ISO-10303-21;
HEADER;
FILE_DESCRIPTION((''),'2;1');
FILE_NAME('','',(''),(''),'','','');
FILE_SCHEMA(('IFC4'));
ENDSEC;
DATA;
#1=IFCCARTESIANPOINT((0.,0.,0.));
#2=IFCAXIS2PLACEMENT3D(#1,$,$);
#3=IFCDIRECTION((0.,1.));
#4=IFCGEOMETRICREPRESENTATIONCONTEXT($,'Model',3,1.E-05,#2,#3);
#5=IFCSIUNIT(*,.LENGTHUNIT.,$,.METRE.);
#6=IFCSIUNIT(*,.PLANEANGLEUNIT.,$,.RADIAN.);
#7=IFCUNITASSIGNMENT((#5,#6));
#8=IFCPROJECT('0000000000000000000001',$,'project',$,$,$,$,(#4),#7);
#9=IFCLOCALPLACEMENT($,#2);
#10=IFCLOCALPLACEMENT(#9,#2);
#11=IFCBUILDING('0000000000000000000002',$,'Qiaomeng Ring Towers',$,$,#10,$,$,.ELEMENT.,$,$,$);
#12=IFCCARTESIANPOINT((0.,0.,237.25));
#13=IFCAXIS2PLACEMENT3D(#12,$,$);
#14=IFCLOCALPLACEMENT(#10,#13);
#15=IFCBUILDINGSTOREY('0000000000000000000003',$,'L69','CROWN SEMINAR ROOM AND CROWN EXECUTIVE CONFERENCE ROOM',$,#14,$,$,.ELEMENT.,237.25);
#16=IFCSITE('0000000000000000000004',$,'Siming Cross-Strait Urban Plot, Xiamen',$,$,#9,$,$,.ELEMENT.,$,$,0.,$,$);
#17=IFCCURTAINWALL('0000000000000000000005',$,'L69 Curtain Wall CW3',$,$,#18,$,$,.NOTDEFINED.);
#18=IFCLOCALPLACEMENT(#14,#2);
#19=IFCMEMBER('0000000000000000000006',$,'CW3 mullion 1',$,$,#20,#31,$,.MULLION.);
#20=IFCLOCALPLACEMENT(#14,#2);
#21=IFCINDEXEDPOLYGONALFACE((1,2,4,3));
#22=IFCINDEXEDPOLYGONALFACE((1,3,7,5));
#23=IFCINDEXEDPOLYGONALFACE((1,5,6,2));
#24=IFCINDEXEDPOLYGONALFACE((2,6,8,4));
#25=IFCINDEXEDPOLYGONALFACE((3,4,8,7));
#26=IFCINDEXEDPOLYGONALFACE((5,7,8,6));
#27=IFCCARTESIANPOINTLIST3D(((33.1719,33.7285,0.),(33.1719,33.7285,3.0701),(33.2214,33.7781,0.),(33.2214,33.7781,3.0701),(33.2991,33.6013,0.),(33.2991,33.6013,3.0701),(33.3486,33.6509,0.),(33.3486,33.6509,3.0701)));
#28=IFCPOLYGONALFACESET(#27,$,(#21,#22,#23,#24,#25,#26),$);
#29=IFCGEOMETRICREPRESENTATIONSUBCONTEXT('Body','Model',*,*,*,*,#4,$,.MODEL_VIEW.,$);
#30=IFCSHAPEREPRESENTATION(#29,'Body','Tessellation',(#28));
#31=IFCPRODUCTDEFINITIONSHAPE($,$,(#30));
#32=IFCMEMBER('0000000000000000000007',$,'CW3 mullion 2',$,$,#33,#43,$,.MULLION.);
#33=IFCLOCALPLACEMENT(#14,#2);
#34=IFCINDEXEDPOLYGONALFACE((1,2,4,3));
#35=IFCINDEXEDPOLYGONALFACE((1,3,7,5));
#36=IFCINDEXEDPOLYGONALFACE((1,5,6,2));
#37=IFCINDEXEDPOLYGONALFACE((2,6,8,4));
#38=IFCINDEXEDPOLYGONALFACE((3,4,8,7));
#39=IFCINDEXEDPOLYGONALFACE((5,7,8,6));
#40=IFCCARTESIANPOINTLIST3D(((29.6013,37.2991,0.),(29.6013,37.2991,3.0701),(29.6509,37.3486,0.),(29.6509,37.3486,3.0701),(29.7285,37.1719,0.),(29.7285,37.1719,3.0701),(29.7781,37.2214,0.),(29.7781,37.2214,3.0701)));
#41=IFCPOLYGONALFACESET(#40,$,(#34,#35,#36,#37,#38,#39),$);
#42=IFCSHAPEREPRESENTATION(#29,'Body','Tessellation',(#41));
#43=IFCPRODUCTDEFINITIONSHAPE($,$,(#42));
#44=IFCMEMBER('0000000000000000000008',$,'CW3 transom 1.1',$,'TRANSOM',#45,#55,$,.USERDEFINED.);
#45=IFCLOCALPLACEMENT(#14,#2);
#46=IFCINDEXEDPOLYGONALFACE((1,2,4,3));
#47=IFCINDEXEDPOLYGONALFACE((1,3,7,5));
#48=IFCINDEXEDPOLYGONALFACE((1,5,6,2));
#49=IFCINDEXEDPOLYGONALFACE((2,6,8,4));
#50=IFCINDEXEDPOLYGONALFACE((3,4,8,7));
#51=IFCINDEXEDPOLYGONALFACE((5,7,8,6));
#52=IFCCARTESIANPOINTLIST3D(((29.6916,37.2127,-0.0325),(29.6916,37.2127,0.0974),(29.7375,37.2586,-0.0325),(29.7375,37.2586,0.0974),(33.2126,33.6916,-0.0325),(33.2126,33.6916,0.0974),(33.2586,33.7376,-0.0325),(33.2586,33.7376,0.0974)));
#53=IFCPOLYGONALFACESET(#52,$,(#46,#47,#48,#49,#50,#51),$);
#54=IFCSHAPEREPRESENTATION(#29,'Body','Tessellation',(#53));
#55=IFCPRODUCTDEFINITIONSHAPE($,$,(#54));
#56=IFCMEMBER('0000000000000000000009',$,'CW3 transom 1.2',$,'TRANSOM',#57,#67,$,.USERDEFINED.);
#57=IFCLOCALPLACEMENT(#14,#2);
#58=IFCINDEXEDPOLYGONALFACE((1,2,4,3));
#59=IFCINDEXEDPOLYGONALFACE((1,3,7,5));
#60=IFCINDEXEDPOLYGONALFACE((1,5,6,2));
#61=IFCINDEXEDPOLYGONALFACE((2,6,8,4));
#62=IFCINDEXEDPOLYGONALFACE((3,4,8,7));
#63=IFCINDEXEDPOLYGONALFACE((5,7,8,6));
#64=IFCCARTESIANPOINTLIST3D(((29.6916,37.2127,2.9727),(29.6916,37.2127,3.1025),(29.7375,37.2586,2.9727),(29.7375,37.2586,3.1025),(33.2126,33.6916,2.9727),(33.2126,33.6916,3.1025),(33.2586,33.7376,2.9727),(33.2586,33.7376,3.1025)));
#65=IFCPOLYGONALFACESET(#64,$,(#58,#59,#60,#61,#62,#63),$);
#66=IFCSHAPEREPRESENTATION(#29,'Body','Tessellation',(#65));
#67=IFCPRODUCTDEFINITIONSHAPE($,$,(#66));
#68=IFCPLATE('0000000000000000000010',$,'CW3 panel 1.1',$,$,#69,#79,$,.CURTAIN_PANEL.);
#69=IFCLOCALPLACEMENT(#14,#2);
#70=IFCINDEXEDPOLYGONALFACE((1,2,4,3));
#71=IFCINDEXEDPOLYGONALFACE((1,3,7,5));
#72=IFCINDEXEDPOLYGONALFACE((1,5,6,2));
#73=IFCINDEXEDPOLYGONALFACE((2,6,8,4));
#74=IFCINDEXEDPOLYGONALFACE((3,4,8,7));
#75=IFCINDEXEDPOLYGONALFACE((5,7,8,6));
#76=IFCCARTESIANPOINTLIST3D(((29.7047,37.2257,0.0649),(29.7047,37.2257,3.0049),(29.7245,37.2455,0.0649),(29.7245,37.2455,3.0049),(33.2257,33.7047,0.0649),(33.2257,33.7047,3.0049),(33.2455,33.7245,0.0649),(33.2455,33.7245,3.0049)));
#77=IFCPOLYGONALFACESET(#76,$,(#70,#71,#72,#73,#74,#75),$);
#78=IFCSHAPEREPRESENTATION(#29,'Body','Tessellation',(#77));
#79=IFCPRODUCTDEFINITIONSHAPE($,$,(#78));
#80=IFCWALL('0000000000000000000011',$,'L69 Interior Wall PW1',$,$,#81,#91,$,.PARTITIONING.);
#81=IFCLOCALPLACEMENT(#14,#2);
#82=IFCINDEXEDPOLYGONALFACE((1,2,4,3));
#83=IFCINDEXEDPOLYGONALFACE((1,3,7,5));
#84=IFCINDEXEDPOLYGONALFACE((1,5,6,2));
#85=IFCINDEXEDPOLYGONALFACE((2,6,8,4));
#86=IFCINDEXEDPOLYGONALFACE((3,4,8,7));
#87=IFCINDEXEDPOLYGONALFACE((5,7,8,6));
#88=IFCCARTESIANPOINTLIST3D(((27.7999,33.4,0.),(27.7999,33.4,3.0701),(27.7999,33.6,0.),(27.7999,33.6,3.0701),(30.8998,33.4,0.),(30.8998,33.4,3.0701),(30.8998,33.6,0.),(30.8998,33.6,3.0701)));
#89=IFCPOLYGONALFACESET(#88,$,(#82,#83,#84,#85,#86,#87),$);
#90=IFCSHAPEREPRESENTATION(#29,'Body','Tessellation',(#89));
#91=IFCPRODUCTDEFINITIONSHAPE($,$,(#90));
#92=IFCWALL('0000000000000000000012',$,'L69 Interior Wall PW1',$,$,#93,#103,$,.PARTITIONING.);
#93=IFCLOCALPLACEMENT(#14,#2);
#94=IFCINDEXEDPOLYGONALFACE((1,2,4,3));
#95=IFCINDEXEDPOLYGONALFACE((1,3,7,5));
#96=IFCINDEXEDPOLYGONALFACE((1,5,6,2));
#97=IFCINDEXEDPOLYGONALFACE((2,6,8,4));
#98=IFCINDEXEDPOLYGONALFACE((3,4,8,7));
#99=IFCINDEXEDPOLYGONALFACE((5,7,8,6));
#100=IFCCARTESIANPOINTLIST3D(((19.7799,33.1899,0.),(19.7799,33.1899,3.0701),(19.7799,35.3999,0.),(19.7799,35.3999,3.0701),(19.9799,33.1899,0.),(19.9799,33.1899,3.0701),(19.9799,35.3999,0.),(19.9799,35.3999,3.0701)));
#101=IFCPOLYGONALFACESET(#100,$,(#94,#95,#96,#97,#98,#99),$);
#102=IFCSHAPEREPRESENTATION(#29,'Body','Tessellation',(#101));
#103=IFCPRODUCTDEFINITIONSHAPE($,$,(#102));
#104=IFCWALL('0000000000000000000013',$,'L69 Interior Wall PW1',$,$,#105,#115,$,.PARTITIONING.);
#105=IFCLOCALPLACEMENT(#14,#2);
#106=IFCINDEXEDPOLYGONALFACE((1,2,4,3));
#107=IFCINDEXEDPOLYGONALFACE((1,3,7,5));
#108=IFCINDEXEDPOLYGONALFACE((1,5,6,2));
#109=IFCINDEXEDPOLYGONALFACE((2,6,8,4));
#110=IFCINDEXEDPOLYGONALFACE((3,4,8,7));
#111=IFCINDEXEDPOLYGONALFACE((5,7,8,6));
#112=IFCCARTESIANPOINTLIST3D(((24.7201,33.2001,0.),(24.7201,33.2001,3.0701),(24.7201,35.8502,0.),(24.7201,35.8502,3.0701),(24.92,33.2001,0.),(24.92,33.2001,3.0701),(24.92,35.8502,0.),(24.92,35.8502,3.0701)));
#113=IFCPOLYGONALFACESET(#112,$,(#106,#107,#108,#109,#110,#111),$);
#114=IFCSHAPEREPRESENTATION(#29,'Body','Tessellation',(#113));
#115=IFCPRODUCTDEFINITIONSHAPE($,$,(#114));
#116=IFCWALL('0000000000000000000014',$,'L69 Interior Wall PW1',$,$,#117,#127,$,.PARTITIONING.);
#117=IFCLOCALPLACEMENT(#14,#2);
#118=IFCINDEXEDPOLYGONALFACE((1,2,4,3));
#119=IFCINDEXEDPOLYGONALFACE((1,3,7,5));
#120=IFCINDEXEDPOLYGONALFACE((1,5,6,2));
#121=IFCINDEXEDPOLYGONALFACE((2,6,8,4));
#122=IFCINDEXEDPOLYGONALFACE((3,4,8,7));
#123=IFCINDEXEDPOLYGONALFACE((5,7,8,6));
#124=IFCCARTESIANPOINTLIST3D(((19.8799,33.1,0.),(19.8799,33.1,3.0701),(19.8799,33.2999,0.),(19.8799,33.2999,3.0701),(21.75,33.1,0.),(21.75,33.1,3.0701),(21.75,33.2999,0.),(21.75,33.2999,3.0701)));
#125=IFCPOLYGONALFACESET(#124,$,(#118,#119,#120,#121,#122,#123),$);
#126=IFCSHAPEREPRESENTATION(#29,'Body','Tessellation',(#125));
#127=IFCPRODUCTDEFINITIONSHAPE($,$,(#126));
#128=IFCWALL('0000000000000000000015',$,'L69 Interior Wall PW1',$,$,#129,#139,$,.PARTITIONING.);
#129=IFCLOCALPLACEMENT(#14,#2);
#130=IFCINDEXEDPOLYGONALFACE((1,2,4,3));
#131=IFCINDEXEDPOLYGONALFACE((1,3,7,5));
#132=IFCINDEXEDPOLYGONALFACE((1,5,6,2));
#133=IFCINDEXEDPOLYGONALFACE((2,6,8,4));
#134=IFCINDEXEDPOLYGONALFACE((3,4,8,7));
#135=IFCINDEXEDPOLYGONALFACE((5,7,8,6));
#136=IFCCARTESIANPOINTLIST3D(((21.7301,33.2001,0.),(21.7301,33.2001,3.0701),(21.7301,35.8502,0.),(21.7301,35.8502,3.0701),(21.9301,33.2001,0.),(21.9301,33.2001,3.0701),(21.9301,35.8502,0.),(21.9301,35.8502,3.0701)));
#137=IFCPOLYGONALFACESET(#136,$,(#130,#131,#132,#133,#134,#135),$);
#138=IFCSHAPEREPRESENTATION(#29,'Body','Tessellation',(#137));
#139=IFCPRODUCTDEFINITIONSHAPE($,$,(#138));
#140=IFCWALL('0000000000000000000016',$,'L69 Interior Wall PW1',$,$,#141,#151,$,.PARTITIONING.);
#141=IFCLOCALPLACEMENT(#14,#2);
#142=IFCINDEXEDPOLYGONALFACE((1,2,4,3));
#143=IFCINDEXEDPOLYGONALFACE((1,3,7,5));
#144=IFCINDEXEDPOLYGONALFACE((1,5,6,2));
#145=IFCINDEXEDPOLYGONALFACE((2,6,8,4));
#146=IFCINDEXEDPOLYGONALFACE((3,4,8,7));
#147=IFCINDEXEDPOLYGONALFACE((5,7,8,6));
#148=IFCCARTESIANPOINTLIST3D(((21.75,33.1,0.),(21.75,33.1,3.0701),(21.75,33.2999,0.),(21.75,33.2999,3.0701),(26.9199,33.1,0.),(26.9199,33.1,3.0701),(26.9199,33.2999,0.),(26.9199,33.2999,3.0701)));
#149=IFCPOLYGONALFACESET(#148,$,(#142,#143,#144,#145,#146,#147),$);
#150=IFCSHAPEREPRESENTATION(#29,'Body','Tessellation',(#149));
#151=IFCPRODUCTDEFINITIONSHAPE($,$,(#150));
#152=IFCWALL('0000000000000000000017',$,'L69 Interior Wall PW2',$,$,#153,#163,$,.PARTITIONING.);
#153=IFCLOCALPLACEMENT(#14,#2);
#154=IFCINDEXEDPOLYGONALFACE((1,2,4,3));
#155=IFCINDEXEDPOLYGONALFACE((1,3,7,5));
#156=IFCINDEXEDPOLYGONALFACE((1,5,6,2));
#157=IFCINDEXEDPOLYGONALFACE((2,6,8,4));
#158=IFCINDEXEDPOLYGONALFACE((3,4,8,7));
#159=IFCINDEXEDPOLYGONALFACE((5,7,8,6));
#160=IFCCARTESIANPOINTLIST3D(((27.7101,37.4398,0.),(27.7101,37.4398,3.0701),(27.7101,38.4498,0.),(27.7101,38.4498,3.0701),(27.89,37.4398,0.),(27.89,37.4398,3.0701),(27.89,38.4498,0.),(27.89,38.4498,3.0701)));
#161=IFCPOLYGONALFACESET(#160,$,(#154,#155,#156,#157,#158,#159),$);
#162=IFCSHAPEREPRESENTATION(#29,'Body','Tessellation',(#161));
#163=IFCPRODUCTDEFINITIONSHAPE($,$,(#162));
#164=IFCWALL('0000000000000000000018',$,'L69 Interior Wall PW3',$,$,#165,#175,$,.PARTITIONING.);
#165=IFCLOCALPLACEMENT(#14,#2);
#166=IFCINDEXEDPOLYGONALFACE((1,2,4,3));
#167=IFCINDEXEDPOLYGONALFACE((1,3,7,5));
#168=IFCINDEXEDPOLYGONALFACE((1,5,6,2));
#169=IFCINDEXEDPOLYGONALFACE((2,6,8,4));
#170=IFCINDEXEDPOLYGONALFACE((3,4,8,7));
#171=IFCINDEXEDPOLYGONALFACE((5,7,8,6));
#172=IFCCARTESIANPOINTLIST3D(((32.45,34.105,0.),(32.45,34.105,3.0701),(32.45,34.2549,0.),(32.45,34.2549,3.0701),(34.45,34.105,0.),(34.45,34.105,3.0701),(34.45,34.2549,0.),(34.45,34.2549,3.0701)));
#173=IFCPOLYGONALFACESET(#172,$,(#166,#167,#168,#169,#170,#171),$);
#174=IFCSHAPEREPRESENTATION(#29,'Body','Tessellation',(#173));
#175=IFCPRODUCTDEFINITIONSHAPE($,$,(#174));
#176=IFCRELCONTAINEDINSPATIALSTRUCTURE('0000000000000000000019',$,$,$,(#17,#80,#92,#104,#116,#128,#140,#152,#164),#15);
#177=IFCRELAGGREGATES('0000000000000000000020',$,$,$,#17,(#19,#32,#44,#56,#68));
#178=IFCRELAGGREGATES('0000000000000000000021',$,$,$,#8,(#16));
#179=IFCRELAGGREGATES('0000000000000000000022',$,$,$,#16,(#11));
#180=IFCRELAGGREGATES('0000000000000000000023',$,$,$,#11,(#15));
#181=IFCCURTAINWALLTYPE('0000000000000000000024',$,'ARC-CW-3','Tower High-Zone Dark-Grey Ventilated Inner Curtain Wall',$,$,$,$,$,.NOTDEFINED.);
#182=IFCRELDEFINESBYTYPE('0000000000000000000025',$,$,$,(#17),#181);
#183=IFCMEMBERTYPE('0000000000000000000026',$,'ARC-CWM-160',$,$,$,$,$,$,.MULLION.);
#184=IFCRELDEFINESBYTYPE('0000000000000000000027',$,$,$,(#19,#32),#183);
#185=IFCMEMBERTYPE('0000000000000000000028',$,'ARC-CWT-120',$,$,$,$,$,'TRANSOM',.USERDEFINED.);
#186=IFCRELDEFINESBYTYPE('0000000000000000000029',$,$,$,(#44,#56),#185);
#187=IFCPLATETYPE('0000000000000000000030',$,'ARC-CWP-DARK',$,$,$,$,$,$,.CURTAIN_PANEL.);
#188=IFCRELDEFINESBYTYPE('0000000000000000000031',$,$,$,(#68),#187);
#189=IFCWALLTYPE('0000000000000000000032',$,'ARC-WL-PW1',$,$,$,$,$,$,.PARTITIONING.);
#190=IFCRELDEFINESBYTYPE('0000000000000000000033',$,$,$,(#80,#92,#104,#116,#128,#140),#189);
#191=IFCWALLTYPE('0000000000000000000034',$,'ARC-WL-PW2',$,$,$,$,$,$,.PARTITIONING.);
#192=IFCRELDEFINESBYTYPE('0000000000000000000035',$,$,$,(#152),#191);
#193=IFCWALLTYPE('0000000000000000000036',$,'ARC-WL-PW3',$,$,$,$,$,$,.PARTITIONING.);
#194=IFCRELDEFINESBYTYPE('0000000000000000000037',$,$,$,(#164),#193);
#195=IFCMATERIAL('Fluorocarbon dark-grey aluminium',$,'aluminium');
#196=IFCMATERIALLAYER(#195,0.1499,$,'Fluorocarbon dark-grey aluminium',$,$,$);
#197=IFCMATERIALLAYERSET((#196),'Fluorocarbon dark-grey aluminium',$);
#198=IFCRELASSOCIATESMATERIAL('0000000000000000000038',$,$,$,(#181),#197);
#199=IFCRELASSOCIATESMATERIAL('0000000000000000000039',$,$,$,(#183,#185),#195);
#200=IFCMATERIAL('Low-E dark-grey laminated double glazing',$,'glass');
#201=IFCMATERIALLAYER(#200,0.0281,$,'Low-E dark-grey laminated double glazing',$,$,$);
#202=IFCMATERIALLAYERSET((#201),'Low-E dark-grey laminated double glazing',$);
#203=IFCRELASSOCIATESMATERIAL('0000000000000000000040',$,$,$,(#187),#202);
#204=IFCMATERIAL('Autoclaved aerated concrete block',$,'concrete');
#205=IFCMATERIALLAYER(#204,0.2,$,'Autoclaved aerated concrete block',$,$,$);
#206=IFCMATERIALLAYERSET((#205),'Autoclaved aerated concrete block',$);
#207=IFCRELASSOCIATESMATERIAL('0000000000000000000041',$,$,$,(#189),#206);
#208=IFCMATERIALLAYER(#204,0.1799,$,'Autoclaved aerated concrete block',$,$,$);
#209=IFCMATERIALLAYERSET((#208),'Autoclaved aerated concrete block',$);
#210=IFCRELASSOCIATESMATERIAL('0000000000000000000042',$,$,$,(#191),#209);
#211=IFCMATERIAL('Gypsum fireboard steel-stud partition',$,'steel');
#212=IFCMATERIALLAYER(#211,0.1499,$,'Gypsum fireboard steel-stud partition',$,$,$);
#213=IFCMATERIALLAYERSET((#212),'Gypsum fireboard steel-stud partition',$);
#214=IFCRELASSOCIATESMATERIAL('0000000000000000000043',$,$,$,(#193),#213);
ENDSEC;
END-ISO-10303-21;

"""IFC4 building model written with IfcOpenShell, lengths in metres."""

from ifc_helpers import new_model, si_unit, direction, frame, frame_2d, origin, origin_2d, place, context, subcontext, project, spatial, rectangle, extrude, source, transform, mapped, material, layer, layer_set, material_profile, profile_set, type_object, element, aggregate, save


model = new_model("IFC4")

# Units and contexts
model_context = context("Model", 3, precision=1e-05, world=origin(), true_north=direction((0.0, 1.0)))
body_context = subcontext(model_context, "Body", "Model", "MODEL_VIEW")
ifc_project = project(units=[si_unit("LENGTHUNIT", "METRE"), si_unit("PLANEANGLEUNIT", "RADIAN")], contexts=[model_context])

# Site, building, storey
site_placement = place(None, origin())
site = spatial("IfcSite", under=ifc_project, at=site_placement, Name="Siming Cross-Strait Urban Plot, Xiamen", CompositionType="ELEMENT", RefElevation=0.0)
building_placement = place(site_placement, origin())
building = spatial("IfcBuilding", under=site, at=building_placement, Name="Qiaomeng Ring Towers", CompositionType="ELEMENT")
storey_placement = place(building_placement, frame((0.0, 0.0, 237.25)))
storey = spatial("IfcBuildingStorey", under=building, at=storey_placement, Name="L69", Description="CROWN SEMINAR ROOM AND CROWN EXECUTIVE CONFERENCE ROOM", CompositionType="ELEMENT", Elevation=237.25)

# Curtain wall, members, plate
ifc_material_1 = material(Name="Fluorocarbon dark-grey aluminium", Category="aluminium")
ifc_layer_1 = layer(ifc_material_1, 0.1499, Name="Fluorocarbon dark-grey aluminium")
ifc_layer_set_1 = layer_set([ifc_layer_1], Name="Fluorocarbon dark-grey aluminium")
curtain_wall_type = type_object("IfcCurtainWallType", Name="ARC-CW-3", Description="Tower High-Zone Dark-Grey Ventilated Inner Curtain Wall", PredefinedType="NOTDEFINED", material=ifc_layer_set_1)
curtain_wall_placement = place(storey_placement, origin())
curtain_wall = element("IfcCurtainWall", 1, at=curtain_wall_placement, inside=storey, type_object=curtain_wall_type, Name="L69 Curtain Wall CW3", PredefinedType="NOTDEFINED")
ifc_material_profile_1 = material_profile(ifc_material_1, rectangle(XDim=0.0701, YDim=0.1799, at=origin_2d()), Name="ALU MULL 70x180")
ifc_profile_set_1 = profile_set([ifc_material_profile_1], Name="Fluorocarbon dark-grey aluminium")
member_type_1 = type_object("IfcMemberType", Name="ARC-CWM-160", PredefinedType="MULLION", material=ifc_profile_set_1)
shared_shape_1 = source(origin(), body_context, "Body", "SweptSolid", [
    extrude(rectangle(XDim=0.0701, YDim=0.1799, at=origin_2d()), origin(), (0.0, 0.0, 1.0), 3.0701),
])
member_1_placement = place(storey_placement, frame((33.2603, 33.6897, 0.0), z_axis=(0.0, 0.0, 1.0), x_axis=(-0.707107, -0.707107, 0.0)))
member_1 = element("IfcMember", 2, at=member_1_placement, type_object=member_type_1, Name="CW3 mullion 1", PredefinedType="MULLION", context=body_context, shape_type="MappedRepresentation", body=[
    mapped(shared_shape_1, transform((0.0, 0.0, 0.0), x_axis=(1.0, 0.0, 0.0), y_axis=(0.0, 1.0, 0.0), z_axis=(0.0, 0.0, 1.0), scale=1.0)),
])
member_2_placement = place(storey_placement, frame((29.6897, 37.2603, 0.0), z_axis=(0.0, 0.0, 1.0), x_axis=(-0.707107, -0.707107, 0.0)))
member_2 = element("IfcMember", 3, at=member_2_placement, type_object=member_type_1, Name="CW3 mullion 2", PredefinedType="MULLION", context=body_context, shape_type="MappedRepresentation", body=[
    mapped(shared_shape_1, transform((0.0, 0.0, 0.0), x_axis=(1.0, 0.0, 0.0), y_axis=(0.0, 1.0, 0.0), z_axis=(0.0, 0.0, 1.0), scale=1.0)),
])
ifc_material_profile_2 = material_profile(ifc_material_1, rectangle(XDim=0.0649, YDim=0.1299, at=origin_2d()), Name="ALU TRAN 65x130")
ifc_profile_set_2 = profile_set([ifc_material_profile_2], Name="Fluorocarbon dark-grey aluminium")
member_type_2 = type_object("IfcMemberType", Name="ARC-CWT-120", ElementType="TRANSOM", PredefinedType="USERDEFINED", material=ifc_profile_set_2)
shared_shape_2 = source(origin(), body_context, "Body", "SweptSolid", [
    extrude(rectangle(XDim=0.0649, YDim=0.1299, at=origin_2d()), origin(), (0.0, 0.0, 1.0), 4.9795),
])
member_3_placement = place(storey_placement, frame((33.2356, 33.7146, 0.0325), z_axis=(-0.707107, 0.707107, 0.0), x_axis=(-0.707107, -0.707107, 0.0)))
member_3 = element("IfcMember", 4, at=member_3_placement, type_object=member_type_2, Name="CW3 transom 1.1", ObjectType="TRANSOM", PredefinedType="USERDEFINED", context=body_context, shape_type="MappedRepresentation", body=[
    mapped(shared_shape_2, transform((0.0, 0.0, 0.0), x_axis=(1.0, 0.0, 0.0), y_axis=(0.0, 1.0, 0.0), z_axis=(0.0, 0.0, 1.0), scale=1.0)),
])
member_4_placement = place(storey_placement, frame((33.2356, 33.7146, 3.0376), z_axis=(-0.707107, 0.707107, 0.0), x_axis=(-0.707107, -0.707107, 0.0)))
member_4 = element("IfcMember", 5, at=member_4_placement, type_object=member_type_2, Name="CW3 transom 1.2", ObjectType="TRANSOM", PredefinedType="USERDEFINED", context=body_context, shape_type="MappedRepresentation", body=[
    mapped(shared_shape_2, transform((0.0, 0.0, 0.0), x_axis=(1.0, 0.0, 0.0), y_axis=(0.0, 1.0, 0.0), z_axis=(0.0, 0.0, 1.0), scale=1.0)),
])
ifc_material_2 = material(Name="Low-E dark-grey laminated double glazing", Category="glass")
ifc_layer_2 = layer(ifc_material_2, 0.0281, Name="Low-E dark-grey laminated double glazing")
ifc_layer_set_2 = layer_set([ifc_layer_2], Name="Low-E dark-grey laminated double glazing")
plate_type = type_object("IfcPlateType", Name="ARC-CWP-DARK", PredefinedType="CURTAIN_PANEL", material=ifc_layer_set_2)
shared_shape_3 = source(origin(), body_context, "Body", "SweptSolid", [
    extrude(rectangle(XDim=4.9795, YDim=0.0281, at=origin_2d()), origin(), (0.0, 0.0, 1.0), 2.9399),
])
plate_placement = place(storey_placement, frame((31.4751, 35.4751, 0.0649), z_axis=(0.0, 0.0, 1.0), x_axis=(-0.707107, 0.707107, 0.0)))
plate = element("IfcPlate", 6, at=plate_placement, type_object=plate_type, Name="CW3 panel 1.1", PredefinedType="CURTAIN_PANEL", context=body_context, shape_type="MappedRepresentation", body=[
    mapped(shared_shape_3, transform((0.0, 0.0, 0.0), x_axis=(1.0, 0.0, 0.0), y_axis=(0.0, 1.0, 0.0), z_axis=(0.0, 0.0, 1.0), scale=1.0)),
])
aggregate(curtain_wall, [member_1, member_2, member_3, member_4, plate])

# Walls
ifc_material_3 = material(Name="Autoclaved aerated concrete block", Category="concrete")
ifc_layer_3 = layer(ifc_material_3, 0.2, Name="Autoclaved aerated concrete block")
ifc_layer_set_3 = layer_set([ifc_layer_3], Name="Autoclaved aerated concrete block")
wall_type_1 = type_object("IfcWallType", Name="ARC-WL-PW1", PredefinedType="PARTITIONING", material=ifc_layer_set_3)
wall_1_placement = place(storey_placement, frame((27.8, 33.5, 0.0), z_axis=(0.0, 0.0, 1.0), x_axis=(1.0, 0.0, 0.0)))
element("IfcWall", 7, at=wall_1_placement, inside=storey, type_object=wall_type_1, Name="L69 Interior Wall PW1", PredefinedType="PARTITIONING", context=body_context, shape_type="SweptSolid", body=[
    extrude(rectangle(XDim=3.0999, YDim=0.2, at=frame_2d((1.5498, 0.0))), origin(), (0.0, 0.0, 1.0), 3.0701),
])
wall_2_placement = place(storey_placement, frame((19.8799, 33.1899, 0.0), z_axis=(0.0, 0.0, 1.0), x_axis=(0.0, 1.0, 0.0)))
element("IfcWall", 8, at=wall_2_placement, inside=storey, type_object=wall_type_1, Name="L69 Interior Wall PW1", PredefinedType="PARTITIONING", context=body_context, shape_type="SweptSolid", body=[
    extrude(rectangle(XDim=2.21, YDim=0.2, at=frame_2d((1.105, 0.0))), origin(), (0.0, 0.0, 1.0), 3.0701),
])
wall_3_placement = place(storey_placement, frame((24.8201, 33.2, 0.0), z_axis=(0.0, 0.0, 1.0), x_axis=(0.0, 1.0, 0.0)))
element("IfcWall", 9, at=wall_3_placement, inside=storey, type_object=wall_type_1, Name="L69 Interior Wall PW1", PredefinedType="PARTITIONING", context=body_context, shape_type="SweptSolid", body=[
    extrude(rectangle(XDim=2.6501, YDim=0.2, at=frame_2d((1.3252, 0.0))), origin(), (0.0, 0.0, 1.0), 3.0701),
])
wall_4_placement = place(storey_placement, frame((19.8799, 33.2, 0.0), z_axis=(0.0, 0.0, 1.0), x_axis=(1.0, 0.0, 0.0)))
element("IfcWall", 10, at=wall_4_placement, inside=storey, type_object=wall_type_1, Name="L69 Interior Wall PW1", PredefinedType="PARTITIONING", context=body_context, shape_type="SweptSolid", body=[
    extrude(rectangle(XDim=1.8701, YDim=0.2, at=frame_2d((0.9351, 0.0))), origin(), (0.0, 0.0, 1.0), 3.0701),
])
wall_5_placement = place(storey_placement, frame((21.8301, 33.2, 0.0), z_axis=(0.0, 0.0, 1.0), x_axis=(0.0, 1.0, 0.0)))
element("IfcWall", 11, at=wall_5_placement, inside=storey, type_object=wall_type_1, Name="L69 Interior Wall PW1", PredefinedType="PARTITIONING", context=body_context, shape_type="SweptSolid", body=[
    extrude(rectangle(XDim=2.6501, YDim=0.2, at=frame_2d((1.3252, 0.0))), origin(), (0.0, 0.0, 1.0), 3.0701),
])
wall_6_placement = place(storey_placement, frame((21.75, 33.2, 0.0), z_axis=(0.0, 0.0, 1.0), x_axis=(1.0, 0.0, 0.0)))
element("IfcWall", 12, at=wall_6_placement, inside=storey, type_object=wall_type_1, Name="L69 Interior Wall PW1", PredefinedType="PARTITIONING", context=body_context, shape_type="SweptSolid", body=[
    extrude(rectangle(XDim=5.1699, YDim=0.2, at=frame_2d((2.585, 0.0))), origin(), (0.0, 0.0, 1.0), 3.0701),
])
ifc_layer_4 = layer(ifc_material_3, 0.1799, Name="Autoclaved aerated concrete block")
ifc_layer_set_4 = layer_set([ifc_layer_4], Name="Autoclaved aerated concrete block")
wall_type_2 = type_object("IfcWallType", Name="ARC-WL-PW2", PredefinedType="PARTITIONING", material=ifc_layer_set_4)
wall_7_placement = place(storey_placement, frame((27.8, 37.4399, 0.0), z_axis=(0.0, 0.0, 1.0), x_axis=(0.0, 1.0, 0.0)))
element("IfcWall", 13, at=wall_7_placement, inside=storey, type_object=wall_type_2, Name="L69 Interior Wall PW2", PredefinedType="PARTITIONING", context=body_context, shape_type="SweptSolid", body=[
    extrude(rectangle(XDim=1.01, YDim=0.1799, at=frame_2d((0.5049, 0.0))), origin(), (0.0, 0.0, 1.0), 3.0701),
])
ifc_material_4 = material(Name="Gypsum fireboard steel-stud partition", Category="steel")
ifc_layer_5 = layer(ifc_material_4, 0.1499, Name="Gypsum fireboard steel-stud partition")
ifc_layer_set_5 = layer_set([ifc_layer_5], Name="Gypsum fireboard steel-stud partition")
wall_type_3 = type_object("IfcWallType", Name="ARC-WL-PW3", PredefinedType="PARTITIONING", material=ifc_layer_set_5)
wall_8_placement = place(storey_placement, frame((32.45, 34.1799, 0.0), z_axis=(0.0, 0.0, 1.0), x_axis=(1.0, 0.0, 0.0)))
element("IfcWall", 14, at=wall_8_placement, inside=storey, type_object=wall_type_3, Name="L69 Interior Wall PW3", PredefinedType="PARTITIONING", context=body_context, shape_type="SweptSolid", body=[
    extrude(rectangle(XDim=2.0, YDim=0.1499, at=frame_2d((1.0, 0.0))), origin(), (0.0, 0.0, 1.0), 3.0701),
])

save(model, "model.ifc")
